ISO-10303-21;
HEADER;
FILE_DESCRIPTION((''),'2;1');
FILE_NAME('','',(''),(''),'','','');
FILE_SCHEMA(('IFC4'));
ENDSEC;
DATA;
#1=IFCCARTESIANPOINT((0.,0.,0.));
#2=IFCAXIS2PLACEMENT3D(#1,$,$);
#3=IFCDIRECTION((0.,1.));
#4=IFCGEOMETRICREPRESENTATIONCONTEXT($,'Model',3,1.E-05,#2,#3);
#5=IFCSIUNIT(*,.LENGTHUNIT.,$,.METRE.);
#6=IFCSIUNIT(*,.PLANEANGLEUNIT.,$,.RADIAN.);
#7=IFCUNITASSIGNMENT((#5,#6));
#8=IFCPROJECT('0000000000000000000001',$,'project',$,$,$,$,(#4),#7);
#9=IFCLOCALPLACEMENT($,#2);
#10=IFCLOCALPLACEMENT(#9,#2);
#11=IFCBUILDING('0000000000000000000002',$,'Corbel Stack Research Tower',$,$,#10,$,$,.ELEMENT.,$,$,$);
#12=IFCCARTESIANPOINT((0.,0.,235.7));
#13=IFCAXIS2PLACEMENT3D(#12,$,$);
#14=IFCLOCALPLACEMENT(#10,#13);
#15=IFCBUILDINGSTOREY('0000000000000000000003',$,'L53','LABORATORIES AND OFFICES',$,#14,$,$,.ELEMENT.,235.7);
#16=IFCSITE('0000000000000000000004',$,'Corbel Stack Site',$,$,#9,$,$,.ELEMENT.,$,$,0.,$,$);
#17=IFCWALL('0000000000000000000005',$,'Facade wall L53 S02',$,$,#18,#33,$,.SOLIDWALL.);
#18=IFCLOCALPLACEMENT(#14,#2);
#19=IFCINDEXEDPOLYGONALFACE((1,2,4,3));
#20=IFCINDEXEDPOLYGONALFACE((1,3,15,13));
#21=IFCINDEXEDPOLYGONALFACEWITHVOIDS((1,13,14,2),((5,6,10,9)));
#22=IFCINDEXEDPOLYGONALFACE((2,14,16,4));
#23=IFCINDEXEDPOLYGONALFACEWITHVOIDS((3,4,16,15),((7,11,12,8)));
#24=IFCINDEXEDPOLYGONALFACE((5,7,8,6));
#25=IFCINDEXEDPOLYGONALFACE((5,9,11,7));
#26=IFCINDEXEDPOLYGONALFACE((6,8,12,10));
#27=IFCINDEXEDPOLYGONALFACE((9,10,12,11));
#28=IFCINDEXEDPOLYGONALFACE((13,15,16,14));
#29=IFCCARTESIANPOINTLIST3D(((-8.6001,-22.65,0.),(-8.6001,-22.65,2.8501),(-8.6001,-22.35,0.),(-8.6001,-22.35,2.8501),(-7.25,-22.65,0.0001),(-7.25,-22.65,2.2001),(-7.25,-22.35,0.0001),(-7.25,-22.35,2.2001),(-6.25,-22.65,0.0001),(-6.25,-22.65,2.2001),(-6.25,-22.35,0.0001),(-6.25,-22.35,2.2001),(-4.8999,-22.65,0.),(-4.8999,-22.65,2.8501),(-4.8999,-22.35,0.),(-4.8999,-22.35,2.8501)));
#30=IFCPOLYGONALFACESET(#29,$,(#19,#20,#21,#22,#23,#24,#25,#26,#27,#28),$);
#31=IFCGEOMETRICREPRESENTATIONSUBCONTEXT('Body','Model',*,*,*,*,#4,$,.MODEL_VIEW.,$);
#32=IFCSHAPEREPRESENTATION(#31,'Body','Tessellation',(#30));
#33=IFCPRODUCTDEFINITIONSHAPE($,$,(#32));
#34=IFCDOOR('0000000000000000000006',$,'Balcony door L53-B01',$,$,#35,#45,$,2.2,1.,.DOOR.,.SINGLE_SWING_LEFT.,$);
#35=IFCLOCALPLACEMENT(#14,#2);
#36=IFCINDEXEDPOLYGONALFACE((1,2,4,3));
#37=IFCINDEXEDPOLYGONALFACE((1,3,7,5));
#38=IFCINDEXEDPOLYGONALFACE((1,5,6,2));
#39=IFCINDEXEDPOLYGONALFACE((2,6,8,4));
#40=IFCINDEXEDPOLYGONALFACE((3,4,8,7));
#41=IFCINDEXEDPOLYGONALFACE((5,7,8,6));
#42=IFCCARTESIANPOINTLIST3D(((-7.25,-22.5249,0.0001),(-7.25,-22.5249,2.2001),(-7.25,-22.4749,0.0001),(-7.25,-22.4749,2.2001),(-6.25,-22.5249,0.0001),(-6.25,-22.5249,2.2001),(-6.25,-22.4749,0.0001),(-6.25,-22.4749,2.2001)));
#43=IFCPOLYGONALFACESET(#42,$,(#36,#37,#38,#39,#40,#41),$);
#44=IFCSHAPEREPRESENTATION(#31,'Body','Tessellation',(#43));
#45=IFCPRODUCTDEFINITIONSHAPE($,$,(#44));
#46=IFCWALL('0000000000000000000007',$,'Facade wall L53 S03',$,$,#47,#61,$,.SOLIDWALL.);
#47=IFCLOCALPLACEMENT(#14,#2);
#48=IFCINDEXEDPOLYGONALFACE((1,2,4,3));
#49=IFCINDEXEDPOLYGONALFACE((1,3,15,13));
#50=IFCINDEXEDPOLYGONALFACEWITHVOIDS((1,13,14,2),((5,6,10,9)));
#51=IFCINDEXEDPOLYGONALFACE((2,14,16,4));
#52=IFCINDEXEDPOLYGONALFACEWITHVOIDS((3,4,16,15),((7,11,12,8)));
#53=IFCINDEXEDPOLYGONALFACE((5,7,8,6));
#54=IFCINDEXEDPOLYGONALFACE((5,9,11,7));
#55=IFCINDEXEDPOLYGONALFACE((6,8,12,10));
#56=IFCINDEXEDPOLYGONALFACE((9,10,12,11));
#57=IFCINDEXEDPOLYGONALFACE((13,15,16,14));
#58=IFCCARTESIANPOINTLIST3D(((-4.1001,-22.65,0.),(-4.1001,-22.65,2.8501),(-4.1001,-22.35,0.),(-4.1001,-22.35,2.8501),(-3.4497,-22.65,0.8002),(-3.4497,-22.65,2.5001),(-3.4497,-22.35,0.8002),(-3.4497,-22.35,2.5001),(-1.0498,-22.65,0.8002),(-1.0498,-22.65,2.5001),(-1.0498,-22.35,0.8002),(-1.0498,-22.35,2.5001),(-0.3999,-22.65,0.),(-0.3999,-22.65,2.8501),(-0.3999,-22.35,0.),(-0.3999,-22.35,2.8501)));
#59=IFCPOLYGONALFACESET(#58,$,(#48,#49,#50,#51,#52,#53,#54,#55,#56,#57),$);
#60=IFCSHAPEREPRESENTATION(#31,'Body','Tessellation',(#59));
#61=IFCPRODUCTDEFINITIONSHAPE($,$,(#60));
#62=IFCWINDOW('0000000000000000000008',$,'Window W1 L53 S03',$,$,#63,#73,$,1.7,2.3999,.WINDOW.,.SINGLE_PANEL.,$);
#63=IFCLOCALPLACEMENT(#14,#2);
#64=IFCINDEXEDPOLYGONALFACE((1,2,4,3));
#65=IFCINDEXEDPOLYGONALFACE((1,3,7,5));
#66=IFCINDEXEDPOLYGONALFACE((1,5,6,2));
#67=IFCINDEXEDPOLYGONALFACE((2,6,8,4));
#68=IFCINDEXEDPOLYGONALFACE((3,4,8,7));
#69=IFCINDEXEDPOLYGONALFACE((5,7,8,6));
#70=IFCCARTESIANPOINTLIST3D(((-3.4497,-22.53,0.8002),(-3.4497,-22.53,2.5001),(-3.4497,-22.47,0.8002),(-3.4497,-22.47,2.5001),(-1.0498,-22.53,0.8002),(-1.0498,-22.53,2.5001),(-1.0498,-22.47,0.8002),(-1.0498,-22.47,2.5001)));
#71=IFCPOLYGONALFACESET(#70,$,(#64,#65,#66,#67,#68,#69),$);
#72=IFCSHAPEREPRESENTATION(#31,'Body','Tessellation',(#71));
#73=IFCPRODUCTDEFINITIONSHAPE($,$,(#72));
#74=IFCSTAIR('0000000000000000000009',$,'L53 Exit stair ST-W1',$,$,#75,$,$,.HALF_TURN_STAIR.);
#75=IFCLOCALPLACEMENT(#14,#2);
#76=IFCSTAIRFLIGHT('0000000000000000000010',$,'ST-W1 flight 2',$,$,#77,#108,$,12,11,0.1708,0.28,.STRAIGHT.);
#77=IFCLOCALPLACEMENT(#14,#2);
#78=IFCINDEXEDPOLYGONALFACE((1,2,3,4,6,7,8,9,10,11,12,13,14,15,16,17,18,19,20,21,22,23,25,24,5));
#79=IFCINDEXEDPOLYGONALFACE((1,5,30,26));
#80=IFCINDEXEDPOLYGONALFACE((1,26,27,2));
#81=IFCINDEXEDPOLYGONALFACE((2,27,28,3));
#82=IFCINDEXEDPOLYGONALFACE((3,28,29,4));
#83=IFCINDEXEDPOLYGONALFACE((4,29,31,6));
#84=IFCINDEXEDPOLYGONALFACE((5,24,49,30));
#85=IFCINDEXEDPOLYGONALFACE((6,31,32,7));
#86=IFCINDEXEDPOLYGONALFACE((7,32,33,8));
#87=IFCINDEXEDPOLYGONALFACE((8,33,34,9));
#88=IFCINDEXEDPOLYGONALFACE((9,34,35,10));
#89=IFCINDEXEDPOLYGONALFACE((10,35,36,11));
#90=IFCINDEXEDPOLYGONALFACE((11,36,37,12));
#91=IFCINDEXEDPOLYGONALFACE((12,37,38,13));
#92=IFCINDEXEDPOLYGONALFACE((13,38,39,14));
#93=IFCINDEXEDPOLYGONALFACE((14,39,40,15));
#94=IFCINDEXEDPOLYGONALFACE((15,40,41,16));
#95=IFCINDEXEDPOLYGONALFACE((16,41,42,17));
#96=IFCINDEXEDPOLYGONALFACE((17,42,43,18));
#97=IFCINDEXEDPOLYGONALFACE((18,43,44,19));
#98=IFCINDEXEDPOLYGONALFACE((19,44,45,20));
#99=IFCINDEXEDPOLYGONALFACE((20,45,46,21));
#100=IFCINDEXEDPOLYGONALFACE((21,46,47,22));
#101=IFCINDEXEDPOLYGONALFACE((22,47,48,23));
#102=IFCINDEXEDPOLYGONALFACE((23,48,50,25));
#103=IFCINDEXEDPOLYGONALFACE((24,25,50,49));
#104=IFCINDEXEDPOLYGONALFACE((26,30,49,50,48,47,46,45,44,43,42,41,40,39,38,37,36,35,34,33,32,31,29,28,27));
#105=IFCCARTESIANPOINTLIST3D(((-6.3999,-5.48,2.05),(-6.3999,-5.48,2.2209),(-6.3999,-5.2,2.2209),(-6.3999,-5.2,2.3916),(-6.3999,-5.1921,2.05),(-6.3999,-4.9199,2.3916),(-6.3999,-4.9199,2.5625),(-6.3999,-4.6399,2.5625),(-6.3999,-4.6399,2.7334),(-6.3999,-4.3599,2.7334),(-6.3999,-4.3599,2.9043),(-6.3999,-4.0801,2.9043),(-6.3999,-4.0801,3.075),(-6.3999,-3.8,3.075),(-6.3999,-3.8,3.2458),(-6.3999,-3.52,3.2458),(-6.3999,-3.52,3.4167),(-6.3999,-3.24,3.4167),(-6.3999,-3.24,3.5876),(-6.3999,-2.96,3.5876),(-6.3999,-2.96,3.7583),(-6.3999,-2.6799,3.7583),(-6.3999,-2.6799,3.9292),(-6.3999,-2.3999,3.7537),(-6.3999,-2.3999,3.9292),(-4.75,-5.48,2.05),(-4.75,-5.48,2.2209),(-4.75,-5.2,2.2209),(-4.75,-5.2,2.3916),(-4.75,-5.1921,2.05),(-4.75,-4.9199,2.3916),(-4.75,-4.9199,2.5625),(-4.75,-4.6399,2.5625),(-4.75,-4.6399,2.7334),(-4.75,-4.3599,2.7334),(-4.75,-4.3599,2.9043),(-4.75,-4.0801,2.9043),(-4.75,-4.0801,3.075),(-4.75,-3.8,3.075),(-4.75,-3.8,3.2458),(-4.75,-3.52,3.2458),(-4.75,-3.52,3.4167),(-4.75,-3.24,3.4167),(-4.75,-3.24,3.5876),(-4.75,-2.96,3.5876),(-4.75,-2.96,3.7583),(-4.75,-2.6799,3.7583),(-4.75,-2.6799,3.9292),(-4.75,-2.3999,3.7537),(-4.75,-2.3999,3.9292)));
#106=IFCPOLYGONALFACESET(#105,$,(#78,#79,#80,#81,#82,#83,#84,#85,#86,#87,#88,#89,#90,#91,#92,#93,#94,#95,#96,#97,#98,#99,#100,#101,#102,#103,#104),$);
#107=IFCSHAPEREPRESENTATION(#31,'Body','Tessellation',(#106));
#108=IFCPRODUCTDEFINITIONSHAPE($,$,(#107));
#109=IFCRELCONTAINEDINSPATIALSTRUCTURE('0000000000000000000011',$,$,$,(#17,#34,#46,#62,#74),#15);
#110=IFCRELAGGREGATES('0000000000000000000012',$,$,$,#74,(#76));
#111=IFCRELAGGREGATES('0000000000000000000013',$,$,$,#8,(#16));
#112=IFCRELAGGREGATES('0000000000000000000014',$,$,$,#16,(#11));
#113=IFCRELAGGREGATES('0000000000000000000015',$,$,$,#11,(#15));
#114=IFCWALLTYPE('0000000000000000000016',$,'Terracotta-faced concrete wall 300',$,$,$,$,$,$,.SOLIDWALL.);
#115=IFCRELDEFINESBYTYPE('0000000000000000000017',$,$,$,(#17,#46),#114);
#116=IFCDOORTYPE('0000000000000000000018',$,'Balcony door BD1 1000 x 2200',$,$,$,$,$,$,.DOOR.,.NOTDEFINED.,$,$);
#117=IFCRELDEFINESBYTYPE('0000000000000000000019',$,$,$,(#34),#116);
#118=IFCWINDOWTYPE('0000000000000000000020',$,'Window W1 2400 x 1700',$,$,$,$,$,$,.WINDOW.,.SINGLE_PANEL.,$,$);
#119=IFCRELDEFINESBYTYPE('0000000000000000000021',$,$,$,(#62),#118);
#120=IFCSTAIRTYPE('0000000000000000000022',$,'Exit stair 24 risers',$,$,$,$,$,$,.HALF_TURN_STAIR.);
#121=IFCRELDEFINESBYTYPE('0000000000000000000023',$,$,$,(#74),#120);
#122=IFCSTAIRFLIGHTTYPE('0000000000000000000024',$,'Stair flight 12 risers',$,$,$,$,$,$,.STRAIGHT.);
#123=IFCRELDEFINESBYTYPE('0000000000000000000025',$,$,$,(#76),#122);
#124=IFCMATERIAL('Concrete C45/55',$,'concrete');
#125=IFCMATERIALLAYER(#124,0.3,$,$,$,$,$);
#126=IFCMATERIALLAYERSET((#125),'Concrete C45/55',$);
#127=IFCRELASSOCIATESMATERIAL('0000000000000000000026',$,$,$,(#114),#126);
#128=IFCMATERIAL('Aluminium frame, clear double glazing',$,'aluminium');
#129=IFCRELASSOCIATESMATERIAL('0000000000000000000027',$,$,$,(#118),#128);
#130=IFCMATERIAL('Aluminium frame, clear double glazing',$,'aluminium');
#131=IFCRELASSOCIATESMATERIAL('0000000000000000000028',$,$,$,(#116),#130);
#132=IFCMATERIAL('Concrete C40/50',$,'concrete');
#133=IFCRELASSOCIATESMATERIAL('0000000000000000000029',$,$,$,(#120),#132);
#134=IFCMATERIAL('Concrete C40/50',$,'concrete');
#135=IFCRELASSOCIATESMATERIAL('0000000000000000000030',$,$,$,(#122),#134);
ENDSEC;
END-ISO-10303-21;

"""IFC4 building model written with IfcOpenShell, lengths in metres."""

from ifc_helpers import new_model, si_unit, direction, frame, frame_2d, origin, place, context, subcontext, project, spatial, polyline, rectangle, outline, extrude, material, layer, layer_set, type_object, element, fill, aggregate, save


model = new_model("IFC4")

# Units and contexts
model_context = context("Model", 3, precision=1e-05, world=origin(), true_north=direction((0.0, 1.0)))
body_context = subcontext(model_context, "Body", "Model", "MODEL_VIEW")
ifc_project = project(units=[si_unit("LENGTHUNIT", "METRE"), si_unit("PLANEANGLEUNIT", "RADIAN")], contexts=[model_context])

# Site, building, storey
site_placement = place(None, origin())
site = spatial("IfcSite", under=ifc_project, at=site_placement, Name="Corbel Stack Site", CompositionType="ELEMENT", RefElevation=0.0)
building_placement = place(site_placement, origin())
building = spatial("IfcBuilding", under=site, at=building_placement, Name="Corbel Stack Research Tower", CompositionType="ELEMENT")
storey_placement = place(building_placement, frame((0.0, 0.0, 235.7)))
storey = spatial("IfcBuildingStorey", under=building, at=storey_placement, Name="L53", Description="LABORATORIES AND OFFICES", CompositionType="ELEMENT", Elevation=235.7)

# Shared definitions
ifc_material_1 = material(Name="Concrete C45/55", Category="concrete")
ifc_layer_1 = layer(ifc_material_1, 0.3)
ifc_layer_set_1 = layer_set([ifc_layer_1], Name="Concrete C45/55")
wall_type_1 = type_object("IfcWallType", Name="Terracotta-faced concrete wall 300", PredefinedType="SOLIDWALL", material=ifc_layer_set_1)
ifc_material_2 = material(Name="Aluminium frame, clear double glazing", Category="aluminium")
window_type = type_object("IfcWindowType", Name="Window W1 2400 x 1700", PartitioningType="SINGLE_PANEL", PredefinedType="WINDOW", material=ifc_material_2)

# Wall, opening, door
wall_1_placement = place(storey_placement, frame((-4.8999, -22.5, 0.0), z_axis=(0.0, 0.0, 1.0), x_axis=(-1.0, 0.0, 0.0)))
wall_1 = element("IfcWall", 1, at=wall_1_placement, inside=storey, type_object=wall_type_1, Name="Facade wall L53 S02", PredefinedType="SOLIDWALL", context=body_context, shape_type="SweptSolid", body=[
    extrude(rectangle(XDim=3.7002, YDim=0.3, at=frame_2d((1.8501, 0.0))), origin(), (0.0, 0.0, 1.0), 2.8501),
])
opening_1_placement = place(wall_1_placement, frame((1.3501, 0.0, 0.0)))
opening_1 = element("IfcOpeningElement", 2, at=opening_1_placement, cuts=wall_1, PredefinedType="OPENING", context=body_context, shape_type="SweptSolid", body=[
    extrude(rectangle(XDim=1.0, YDim=2.2, at=frame_2d((0.5, 1.1001))), frame((0.0, 0.1599, 0.0), z_axis=(0.0, -1.0, 0.0), x_axis=(1.0, 0.0, 0.0)), (0.0, 0.0, 1.0), 0.3201),
])
ifc_material_3 = material(Name="Aluminium frame, clear double glazing", Category="aluminium")
door_type = type_object("IfcDoorType", Name="Balcony door BD1 1000 x 2200", OperationType="NOTDEFINED", PredefinedType="DOOR", material=ifc_material_3)
door_placement = place(opening_1_placement, origin())
door = element("IfcDoor", 3, at=door_placement, inside=storey, type_object=door_type, Name="Balcony door L53-B01", OperationType="SINGLE_SWING_LEFT", OverallHeight=2.2, OverallWidth=1.0, PredefinedType="DOOR", context=body_context, shape_type="SweptSolid", body=[
    extrude(rectangle(XDim=1.0, YDim=2.2, at=frame_2d((0.5, 1.1001))), frame((0.0, 0.0249, 0.0), z_axis=(0.0, -1.0, 0.0), x_axis=(1.0, 0.0, 0.0)), (0.0, 0.0, 1.0), 0.05),
])
fill(opening_1, door)

# Wall, opening, window
wall_2_placement = place(storey_placement, frame((-0.3999, -22.5, 0.0), z_axis=(0.0, 0.0, 1.0), x_axis=(-1.0, 0.0, 0.0)))
wall_2 = element("IfcWall", 4, at=wall_2_placement, inside=storey, type_object=wall_type_1, Name="Facade wall L53 S03", PredefinedType="SOLIDWALL", context=body_context, shape_type="SweptSolid", body=[
    extrude(rectangle(XDim=3.7002, YDim=0.3, at=frame_2d((1.8501, 0.0))), origin(), (0.0, 0.0, 1.0), 2.8501),
])
opening_2_placement = place(wall_2_placement, frame((0.6499, 0.0, 0.8)))
opening_2 = element("IfcOpeningElement", 5, at=opening_2_placement, cuts=wall_2, PredefinedType="OPENING", context=body_context, shape_type="SweptSolid", body=[
    extrude(rectangle(XDim=2.3999, YDim=1.7, at=frame_2d((1.2, 0.8501))), frame((0.0, 0.1599, 0.0), z_axis=(0.0, -1.0, 0.0), x_axis=(1.0, 0.0, 0.0)), (0.0, 0.0, 1.0), 0.3201),
])
window_1_placement = place(opening_2_placement, origin())
window_1 = element("IfcWindow", 6, at=window_1_placement, inside=storey, type_object=window_type, Name="Window W1 L53 S03", OverallHeight=1.7, OverallWidth=2.3999, PartitioningType="SINGLE_PANEL", PredefinedType="WINDOW", context=body_context, shape_type="SweptSolid", body=[
    extrude(rectangle(XDim=2.3999, YDim=1.7, at=frame_2d((1.2, 0.8501))), frame((0.0, 0.03, 0.0), z_axis=(0.0, -1.0, 0.0), x_axis=(1.0, 0.0, 0.0)), (0.0, 0.0, 1.0), 0.0601),
])
fill(opening_2, window_1)

# Stair, stair flight
ifc_material_4 = material(Name="Concrete C40/50", Category="concrete")
stair_type = type_object("IfcStairType", Name="Exit stair 24 risers", PredefinedType="HALF_TURN_STAIR", material=ifc_material_4)
stair_placement = place(storey_placement, origin())
stair = element("IfcStair", 7, at=stair_placement, inside=storey, type_object=stair_type, Name="L53 Exit stair ST-W1", PredefinedType="HALF_TURN_STAIR")
ifc_material_5 = material(Name="Concrete C40/50", Category="concrete")
stair_flight_type = type_object("IfcStairFlightType", Name="Stair flight 12 risers", PredefinedType="STRAIGHT", material=ifc_material_5)
stair_flight_placement = place(storey_placement, frame((-5.575, -5.48, 2.05), z_axis=(0.0, 0.0, 1.0), x_axis=(0.0, 1.0, 0.0)))
stair_flight = element("IfcStairFlight", 8, at=stair_flight_placement, type_object=stair_flight_type, Name="ST-W1 flight 2", NumberOfRisers=12, NumberOfTreads=11, PredefinedType="STRAIGHT", RiserHeight=0.1708, TreadLength=0.28, context=body_context, shape_type="SweptSolid", body=[
    extrude(outline(polyline([(0.0, 0.0), (0.0, 0.1709), (0.28, 0.1709), (0.28, 0.3416), (0.5601, 0.3416), (0.5601, 0.5125), (0.8401, 0.5125), (0.8401, 0.6833), (1.1201, 0.6833), (1.1201, 0.8542), (1.3999, 0.8542), (1.3999, 1.0249), (1.6799, 1.0249), (1.6799, 1.1958), (1.96, 1.1958), (1.96, 1.3667), (2.24, 1.3667), (2.24, 1.5376), (2.52, 1.5376), (2.52, 1.7083), (2.8, 1.7083), (2.8, 1.8792), (3.0801, 1.8792), (3.0801, 2.05), (3.0801, 1.7036), (0.2878, 0.0), (0.0, 0.0)])), frame((0.0, 0.825, 0.0), z_axis=(0.0, -1.0, 0.0), x_axis=(1.0, 0.0, 0.0)), (0.0, 0.0, 1.0), 1.6499),
])
aggregate(stair, [stair_flight])

save(model, "model.ifc")
